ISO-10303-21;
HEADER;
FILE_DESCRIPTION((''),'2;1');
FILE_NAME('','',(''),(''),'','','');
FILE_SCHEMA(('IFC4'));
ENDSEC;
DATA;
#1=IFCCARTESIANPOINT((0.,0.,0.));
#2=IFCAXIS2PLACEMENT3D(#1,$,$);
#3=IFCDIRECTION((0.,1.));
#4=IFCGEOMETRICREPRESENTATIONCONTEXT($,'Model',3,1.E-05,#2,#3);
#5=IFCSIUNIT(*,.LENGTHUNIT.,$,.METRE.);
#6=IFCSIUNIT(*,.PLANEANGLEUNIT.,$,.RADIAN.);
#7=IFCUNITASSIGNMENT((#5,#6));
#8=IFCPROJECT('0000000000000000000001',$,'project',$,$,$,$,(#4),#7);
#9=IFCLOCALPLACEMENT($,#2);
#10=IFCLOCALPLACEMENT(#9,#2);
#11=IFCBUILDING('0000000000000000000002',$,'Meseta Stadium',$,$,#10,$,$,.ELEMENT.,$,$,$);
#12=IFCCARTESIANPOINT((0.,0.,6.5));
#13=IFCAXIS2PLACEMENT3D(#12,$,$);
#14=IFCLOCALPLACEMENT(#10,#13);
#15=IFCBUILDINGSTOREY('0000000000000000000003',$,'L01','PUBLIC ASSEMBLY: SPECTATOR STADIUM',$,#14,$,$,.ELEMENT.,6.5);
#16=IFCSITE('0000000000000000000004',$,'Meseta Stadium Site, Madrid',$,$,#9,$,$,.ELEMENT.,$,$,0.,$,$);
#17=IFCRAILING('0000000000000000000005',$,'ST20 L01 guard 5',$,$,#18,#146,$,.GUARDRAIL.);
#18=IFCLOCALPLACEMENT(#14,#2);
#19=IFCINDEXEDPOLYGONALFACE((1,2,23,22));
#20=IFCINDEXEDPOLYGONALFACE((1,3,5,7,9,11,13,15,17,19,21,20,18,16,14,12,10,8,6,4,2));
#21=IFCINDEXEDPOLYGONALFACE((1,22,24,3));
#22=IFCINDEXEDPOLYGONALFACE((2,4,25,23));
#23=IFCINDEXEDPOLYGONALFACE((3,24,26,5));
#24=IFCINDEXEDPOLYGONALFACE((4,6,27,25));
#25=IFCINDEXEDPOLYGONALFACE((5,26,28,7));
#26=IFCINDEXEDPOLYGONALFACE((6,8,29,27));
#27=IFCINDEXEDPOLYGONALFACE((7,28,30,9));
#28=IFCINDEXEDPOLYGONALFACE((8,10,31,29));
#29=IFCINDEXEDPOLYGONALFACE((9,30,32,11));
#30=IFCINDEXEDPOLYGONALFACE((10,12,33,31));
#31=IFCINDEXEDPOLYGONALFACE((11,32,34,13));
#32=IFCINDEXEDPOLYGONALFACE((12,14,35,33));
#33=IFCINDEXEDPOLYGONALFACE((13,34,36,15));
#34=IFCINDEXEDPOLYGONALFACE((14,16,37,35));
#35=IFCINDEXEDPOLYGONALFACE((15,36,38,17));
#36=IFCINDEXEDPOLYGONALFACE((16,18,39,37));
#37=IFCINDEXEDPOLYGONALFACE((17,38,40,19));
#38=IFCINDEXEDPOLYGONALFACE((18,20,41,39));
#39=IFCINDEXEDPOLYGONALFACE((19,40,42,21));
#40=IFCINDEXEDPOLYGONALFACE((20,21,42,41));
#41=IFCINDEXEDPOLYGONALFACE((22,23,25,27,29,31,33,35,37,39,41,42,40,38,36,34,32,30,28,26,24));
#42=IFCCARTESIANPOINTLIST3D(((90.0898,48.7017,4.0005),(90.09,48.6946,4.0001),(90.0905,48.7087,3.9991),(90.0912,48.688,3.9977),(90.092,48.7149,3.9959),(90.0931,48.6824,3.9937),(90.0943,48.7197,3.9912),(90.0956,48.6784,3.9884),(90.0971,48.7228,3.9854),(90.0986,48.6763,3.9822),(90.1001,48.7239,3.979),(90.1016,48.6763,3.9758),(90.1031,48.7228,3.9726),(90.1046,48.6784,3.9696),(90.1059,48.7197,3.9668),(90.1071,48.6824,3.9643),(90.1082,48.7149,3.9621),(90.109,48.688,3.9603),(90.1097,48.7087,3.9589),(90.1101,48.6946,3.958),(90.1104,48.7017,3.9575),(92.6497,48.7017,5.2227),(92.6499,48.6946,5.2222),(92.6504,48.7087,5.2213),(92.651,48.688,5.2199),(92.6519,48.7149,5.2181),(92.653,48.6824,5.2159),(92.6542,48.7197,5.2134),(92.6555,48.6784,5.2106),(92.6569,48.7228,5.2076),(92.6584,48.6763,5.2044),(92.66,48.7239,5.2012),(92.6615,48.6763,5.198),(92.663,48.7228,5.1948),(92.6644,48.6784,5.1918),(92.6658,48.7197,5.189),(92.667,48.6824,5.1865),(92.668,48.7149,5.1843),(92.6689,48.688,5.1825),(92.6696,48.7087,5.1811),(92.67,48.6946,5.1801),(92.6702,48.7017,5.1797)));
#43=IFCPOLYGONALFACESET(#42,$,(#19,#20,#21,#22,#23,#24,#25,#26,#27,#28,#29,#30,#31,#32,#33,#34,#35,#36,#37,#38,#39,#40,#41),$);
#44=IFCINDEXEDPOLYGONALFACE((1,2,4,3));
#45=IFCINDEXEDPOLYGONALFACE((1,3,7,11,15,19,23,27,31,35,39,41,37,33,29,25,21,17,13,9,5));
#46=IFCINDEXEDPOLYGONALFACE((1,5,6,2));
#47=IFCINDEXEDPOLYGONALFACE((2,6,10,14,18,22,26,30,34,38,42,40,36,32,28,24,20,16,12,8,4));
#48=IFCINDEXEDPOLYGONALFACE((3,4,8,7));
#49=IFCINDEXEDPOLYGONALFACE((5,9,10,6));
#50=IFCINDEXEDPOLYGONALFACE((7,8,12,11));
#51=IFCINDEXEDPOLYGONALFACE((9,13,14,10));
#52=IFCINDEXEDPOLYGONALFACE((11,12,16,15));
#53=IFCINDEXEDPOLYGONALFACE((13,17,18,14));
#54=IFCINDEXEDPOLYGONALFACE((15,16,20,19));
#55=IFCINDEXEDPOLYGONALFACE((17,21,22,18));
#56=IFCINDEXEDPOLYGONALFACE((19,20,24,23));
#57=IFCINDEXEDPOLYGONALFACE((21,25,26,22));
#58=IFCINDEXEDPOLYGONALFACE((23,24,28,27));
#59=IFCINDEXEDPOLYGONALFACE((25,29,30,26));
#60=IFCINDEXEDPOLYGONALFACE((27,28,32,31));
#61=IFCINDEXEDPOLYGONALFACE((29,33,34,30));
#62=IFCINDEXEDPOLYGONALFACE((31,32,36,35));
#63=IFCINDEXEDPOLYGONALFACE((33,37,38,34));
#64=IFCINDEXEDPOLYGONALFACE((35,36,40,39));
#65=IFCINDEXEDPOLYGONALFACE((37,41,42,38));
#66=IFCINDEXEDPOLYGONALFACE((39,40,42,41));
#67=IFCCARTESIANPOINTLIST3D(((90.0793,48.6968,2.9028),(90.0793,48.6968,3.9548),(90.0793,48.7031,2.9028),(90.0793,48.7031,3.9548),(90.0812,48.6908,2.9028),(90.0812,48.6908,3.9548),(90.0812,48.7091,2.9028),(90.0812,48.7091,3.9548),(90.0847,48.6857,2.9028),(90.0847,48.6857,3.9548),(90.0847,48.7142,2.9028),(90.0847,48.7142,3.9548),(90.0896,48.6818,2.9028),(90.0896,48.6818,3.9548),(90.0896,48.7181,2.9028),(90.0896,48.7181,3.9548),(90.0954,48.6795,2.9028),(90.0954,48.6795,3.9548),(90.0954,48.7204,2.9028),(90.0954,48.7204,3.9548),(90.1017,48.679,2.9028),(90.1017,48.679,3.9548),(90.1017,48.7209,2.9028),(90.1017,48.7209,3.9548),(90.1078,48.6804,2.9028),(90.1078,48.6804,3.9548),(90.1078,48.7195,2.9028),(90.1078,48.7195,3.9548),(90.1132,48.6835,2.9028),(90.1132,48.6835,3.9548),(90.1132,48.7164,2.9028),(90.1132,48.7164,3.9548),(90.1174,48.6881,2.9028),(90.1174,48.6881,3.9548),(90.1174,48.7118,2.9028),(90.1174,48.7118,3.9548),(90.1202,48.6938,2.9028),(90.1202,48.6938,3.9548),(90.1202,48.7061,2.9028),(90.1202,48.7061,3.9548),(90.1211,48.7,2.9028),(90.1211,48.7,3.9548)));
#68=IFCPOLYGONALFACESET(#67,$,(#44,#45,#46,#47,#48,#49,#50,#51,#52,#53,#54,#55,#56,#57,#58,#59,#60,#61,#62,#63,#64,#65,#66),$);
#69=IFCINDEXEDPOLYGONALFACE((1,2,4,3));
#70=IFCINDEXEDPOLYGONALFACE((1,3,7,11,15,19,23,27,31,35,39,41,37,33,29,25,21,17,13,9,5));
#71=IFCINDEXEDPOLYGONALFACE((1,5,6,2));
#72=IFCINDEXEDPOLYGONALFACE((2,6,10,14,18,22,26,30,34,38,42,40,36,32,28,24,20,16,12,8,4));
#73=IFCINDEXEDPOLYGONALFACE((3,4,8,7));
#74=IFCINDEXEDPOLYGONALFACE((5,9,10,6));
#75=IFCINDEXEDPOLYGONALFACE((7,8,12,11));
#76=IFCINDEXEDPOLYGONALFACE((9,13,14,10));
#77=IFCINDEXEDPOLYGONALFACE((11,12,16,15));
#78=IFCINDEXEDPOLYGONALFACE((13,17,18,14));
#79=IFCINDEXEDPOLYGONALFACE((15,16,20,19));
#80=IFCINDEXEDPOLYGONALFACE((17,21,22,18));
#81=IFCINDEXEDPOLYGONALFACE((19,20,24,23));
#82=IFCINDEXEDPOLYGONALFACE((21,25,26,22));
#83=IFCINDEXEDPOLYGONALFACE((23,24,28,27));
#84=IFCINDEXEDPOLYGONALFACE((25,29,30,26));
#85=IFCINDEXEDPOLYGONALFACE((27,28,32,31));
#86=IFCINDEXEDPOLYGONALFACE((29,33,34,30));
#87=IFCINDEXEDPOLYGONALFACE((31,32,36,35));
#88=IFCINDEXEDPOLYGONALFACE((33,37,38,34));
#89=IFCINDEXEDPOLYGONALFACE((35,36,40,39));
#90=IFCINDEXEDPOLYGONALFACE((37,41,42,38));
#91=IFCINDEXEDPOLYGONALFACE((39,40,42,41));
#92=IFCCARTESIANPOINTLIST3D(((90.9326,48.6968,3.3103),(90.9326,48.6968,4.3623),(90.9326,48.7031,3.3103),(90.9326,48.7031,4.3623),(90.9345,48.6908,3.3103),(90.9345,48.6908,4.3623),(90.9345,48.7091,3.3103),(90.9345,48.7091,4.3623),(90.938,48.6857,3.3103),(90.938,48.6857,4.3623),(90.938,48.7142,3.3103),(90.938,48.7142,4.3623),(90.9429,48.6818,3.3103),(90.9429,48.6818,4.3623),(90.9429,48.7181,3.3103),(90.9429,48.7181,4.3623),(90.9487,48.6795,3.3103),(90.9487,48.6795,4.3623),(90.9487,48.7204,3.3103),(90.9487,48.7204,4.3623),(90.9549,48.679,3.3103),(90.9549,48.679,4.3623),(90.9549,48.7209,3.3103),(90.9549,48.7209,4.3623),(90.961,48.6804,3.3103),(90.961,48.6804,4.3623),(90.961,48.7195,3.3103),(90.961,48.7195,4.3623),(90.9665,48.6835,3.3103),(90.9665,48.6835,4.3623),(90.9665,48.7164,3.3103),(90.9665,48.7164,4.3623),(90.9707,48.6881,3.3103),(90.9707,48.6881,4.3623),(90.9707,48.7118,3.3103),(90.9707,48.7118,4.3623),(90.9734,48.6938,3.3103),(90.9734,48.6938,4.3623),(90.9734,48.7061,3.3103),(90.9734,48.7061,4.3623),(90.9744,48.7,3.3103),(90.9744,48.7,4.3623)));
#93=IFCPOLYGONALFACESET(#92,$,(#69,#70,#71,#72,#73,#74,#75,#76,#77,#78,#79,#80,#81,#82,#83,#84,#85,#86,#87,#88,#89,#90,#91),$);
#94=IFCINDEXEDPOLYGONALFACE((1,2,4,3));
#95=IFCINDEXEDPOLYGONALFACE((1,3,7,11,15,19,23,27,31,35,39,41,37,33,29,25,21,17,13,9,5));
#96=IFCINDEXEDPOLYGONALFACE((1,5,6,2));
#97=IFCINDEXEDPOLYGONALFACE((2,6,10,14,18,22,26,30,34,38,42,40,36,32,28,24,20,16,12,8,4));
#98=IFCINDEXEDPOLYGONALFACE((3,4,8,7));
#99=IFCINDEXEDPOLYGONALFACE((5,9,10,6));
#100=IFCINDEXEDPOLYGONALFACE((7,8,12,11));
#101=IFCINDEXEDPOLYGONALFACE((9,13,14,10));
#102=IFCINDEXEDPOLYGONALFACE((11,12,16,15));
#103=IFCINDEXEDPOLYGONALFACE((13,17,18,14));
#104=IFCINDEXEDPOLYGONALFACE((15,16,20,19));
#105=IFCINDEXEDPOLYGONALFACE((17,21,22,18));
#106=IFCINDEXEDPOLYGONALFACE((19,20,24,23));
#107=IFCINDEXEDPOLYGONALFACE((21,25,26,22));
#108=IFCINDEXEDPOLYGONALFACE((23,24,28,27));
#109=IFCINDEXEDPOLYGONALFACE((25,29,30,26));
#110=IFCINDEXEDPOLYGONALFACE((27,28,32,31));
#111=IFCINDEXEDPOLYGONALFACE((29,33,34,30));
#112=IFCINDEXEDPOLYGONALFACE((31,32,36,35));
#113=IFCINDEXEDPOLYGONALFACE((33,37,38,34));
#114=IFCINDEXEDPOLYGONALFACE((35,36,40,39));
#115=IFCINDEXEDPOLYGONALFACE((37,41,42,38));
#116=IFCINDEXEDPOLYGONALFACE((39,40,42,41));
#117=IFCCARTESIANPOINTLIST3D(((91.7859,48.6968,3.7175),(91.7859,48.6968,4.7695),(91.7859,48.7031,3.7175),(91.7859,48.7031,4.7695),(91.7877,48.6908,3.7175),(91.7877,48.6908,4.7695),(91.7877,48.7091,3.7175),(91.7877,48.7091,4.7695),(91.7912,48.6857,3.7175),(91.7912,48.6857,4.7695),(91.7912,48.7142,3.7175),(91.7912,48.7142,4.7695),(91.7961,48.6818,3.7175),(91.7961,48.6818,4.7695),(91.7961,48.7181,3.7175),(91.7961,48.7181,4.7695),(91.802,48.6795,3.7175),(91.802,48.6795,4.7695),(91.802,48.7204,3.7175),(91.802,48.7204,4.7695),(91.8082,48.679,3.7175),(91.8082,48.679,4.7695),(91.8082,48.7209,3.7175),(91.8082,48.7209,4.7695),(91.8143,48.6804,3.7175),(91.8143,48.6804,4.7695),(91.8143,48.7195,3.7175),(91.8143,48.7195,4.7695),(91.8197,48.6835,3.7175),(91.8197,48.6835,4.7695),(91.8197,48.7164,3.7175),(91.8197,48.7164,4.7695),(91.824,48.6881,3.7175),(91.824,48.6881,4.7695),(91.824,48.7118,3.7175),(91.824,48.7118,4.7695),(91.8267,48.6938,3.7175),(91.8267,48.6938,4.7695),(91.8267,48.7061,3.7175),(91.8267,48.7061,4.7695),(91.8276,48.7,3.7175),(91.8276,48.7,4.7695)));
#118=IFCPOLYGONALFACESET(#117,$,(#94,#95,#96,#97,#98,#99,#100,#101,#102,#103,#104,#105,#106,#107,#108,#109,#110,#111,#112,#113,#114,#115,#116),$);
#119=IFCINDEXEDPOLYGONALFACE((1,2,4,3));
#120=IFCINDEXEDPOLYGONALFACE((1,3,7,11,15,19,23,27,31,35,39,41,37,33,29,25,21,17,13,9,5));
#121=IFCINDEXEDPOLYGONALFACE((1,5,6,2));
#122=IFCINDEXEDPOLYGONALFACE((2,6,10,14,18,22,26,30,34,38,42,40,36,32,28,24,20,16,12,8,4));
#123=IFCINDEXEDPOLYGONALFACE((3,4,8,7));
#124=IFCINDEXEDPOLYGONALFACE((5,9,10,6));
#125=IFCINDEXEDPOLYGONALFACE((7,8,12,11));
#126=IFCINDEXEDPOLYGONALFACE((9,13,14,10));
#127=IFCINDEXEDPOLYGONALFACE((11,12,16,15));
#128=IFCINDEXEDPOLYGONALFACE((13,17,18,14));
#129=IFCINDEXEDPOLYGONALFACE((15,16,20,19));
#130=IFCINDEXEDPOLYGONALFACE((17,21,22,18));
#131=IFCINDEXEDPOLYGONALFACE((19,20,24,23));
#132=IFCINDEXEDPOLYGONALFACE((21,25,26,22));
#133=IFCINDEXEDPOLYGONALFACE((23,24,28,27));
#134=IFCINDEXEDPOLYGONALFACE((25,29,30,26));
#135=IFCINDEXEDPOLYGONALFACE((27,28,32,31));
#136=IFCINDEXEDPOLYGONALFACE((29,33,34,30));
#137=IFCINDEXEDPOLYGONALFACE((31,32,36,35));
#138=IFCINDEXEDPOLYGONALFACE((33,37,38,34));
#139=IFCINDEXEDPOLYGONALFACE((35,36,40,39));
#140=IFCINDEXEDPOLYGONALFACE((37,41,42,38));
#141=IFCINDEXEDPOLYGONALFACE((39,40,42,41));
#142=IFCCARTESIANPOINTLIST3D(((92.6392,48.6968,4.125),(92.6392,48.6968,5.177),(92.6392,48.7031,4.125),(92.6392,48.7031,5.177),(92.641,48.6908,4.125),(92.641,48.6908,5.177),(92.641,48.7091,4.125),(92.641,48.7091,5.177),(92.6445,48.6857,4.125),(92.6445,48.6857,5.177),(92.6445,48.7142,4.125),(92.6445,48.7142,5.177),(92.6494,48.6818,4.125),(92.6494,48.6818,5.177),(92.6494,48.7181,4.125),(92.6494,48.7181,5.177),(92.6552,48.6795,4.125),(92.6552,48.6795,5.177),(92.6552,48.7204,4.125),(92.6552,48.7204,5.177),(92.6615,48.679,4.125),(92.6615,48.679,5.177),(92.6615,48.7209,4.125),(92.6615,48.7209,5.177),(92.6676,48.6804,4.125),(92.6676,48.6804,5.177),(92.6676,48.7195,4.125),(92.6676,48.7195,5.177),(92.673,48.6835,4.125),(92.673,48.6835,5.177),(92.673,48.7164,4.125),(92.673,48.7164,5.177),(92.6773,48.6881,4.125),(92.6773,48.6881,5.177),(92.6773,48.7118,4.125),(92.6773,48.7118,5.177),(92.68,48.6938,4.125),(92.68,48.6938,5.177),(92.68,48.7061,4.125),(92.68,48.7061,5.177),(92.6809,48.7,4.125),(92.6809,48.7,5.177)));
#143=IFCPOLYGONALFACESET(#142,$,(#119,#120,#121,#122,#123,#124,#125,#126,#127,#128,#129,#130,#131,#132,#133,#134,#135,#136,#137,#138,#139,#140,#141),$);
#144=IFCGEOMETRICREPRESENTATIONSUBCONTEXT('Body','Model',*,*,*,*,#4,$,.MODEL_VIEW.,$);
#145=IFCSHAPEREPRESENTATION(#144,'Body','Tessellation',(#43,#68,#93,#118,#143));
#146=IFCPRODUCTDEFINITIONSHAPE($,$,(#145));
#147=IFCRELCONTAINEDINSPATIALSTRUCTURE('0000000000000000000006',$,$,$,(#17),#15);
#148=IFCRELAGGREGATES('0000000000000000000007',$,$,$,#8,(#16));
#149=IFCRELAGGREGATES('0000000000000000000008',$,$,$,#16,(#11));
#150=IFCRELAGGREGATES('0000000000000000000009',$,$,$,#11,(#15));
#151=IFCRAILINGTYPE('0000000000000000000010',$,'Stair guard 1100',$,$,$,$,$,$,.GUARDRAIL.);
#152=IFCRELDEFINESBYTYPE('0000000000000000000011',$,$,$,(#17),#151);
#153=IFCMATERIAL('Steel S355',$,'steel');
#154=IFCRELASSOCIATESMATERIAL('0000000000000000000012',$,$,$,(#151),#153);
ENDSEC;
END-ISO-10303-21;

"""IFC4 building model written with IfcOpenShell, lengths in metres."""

from ifc_helpers import new_model, si_unit, direction, frame, origin, origin_2d, place, context, subcontext, project, spatial, circle, extrude, material, type_object, element, save


model = new_model("IFC4")

# Units and contexts
model_context = context("Model", 3, precision=1e-05, world=origin(), true_north=direction((0.0, 1.0)))
body_context = subcontext(model_context, "Body", "Model", "MODEL_VIEW")
ifc_project = project(units=[si_unit("LENGTHUNIT", "METRE"), si_unit("PLANEANGLEUNIT", "RADIAN")], contexts=[model_context])

# Site, building, storey
site_placement = place(None, origin())
site = spatial("IfcSite", under=ifc_project, at=site_placement, Name="Meseta Stadium Site, Madrid", CompositionType="ELEMENT", RefElevation=0.0)
building_placement = place(site_placement, origin())
building = spatial("IfcBuilding", under=site, at=building_placement, Name="Meseta Stadium", CompositionType="ELEMENT")
storey_placement = place(building_placement, frame((0.0, 0.0, 6.5)))
storey = spatial("IfcBuildingStorey", under=building, at=storey_placement, Name="L01", Description="PUBLIC ASSEMBLY: SPECTATOR STADIUM", CompositionType="ELEMENT", Elevation=6.5)

# Railing
ifc_material_1 = material(Name="Steel S355", Category="steel")
railing_type = type_object("IfcRailingType", Name="Stair guard 1100", PredefinedType="GUARDRAIL", material=ifc_material_1)
railing_1_placement = place(storey_placement, frame((90.1001, 48.7, 2.9028)))
element("IfcRailing", 1, at=railing_1_placement, inside=storey, type_object=railing_type, Name="ST20 L01 guard 5", PredefinedType="GUARDRAIL", context=body_context, shape_type="SweptSolid", body=[
    extrude(circle(Radius=0.0239, at=origin_2d()), frame((0.0, 0.0, 1.0762), z_axis=(0.902421, 0.0, 0.430855), x_axis=(0.0, 1.0, 0.0)), (0.0, 0.0, 1.0), 2.8367),
    extrude(circle(Radius=0.021, at=origin_2d()), origin(), (0.0, 0.0, 1.0), 1.052),
    extrude(circle(Radius=0.021, at=origin_2d()), frame((0.8533, 0.0, 0.4075)), (0.0, 0.0, 1.0), 1.052),
    extrude(circle(Radius=0.021, at=origin_2d()), frame((1.7065, 0.0, 0.8147)), (0.0, 0.0, 1.0), 1.052),
    extrude(circle(Radius=0.021, at=origin_2d()), frame((2.5598, 0.0, 1.2222)), (0.0, 0.0, 1.0), 1.052),
])

save(model, "model.ifc")
